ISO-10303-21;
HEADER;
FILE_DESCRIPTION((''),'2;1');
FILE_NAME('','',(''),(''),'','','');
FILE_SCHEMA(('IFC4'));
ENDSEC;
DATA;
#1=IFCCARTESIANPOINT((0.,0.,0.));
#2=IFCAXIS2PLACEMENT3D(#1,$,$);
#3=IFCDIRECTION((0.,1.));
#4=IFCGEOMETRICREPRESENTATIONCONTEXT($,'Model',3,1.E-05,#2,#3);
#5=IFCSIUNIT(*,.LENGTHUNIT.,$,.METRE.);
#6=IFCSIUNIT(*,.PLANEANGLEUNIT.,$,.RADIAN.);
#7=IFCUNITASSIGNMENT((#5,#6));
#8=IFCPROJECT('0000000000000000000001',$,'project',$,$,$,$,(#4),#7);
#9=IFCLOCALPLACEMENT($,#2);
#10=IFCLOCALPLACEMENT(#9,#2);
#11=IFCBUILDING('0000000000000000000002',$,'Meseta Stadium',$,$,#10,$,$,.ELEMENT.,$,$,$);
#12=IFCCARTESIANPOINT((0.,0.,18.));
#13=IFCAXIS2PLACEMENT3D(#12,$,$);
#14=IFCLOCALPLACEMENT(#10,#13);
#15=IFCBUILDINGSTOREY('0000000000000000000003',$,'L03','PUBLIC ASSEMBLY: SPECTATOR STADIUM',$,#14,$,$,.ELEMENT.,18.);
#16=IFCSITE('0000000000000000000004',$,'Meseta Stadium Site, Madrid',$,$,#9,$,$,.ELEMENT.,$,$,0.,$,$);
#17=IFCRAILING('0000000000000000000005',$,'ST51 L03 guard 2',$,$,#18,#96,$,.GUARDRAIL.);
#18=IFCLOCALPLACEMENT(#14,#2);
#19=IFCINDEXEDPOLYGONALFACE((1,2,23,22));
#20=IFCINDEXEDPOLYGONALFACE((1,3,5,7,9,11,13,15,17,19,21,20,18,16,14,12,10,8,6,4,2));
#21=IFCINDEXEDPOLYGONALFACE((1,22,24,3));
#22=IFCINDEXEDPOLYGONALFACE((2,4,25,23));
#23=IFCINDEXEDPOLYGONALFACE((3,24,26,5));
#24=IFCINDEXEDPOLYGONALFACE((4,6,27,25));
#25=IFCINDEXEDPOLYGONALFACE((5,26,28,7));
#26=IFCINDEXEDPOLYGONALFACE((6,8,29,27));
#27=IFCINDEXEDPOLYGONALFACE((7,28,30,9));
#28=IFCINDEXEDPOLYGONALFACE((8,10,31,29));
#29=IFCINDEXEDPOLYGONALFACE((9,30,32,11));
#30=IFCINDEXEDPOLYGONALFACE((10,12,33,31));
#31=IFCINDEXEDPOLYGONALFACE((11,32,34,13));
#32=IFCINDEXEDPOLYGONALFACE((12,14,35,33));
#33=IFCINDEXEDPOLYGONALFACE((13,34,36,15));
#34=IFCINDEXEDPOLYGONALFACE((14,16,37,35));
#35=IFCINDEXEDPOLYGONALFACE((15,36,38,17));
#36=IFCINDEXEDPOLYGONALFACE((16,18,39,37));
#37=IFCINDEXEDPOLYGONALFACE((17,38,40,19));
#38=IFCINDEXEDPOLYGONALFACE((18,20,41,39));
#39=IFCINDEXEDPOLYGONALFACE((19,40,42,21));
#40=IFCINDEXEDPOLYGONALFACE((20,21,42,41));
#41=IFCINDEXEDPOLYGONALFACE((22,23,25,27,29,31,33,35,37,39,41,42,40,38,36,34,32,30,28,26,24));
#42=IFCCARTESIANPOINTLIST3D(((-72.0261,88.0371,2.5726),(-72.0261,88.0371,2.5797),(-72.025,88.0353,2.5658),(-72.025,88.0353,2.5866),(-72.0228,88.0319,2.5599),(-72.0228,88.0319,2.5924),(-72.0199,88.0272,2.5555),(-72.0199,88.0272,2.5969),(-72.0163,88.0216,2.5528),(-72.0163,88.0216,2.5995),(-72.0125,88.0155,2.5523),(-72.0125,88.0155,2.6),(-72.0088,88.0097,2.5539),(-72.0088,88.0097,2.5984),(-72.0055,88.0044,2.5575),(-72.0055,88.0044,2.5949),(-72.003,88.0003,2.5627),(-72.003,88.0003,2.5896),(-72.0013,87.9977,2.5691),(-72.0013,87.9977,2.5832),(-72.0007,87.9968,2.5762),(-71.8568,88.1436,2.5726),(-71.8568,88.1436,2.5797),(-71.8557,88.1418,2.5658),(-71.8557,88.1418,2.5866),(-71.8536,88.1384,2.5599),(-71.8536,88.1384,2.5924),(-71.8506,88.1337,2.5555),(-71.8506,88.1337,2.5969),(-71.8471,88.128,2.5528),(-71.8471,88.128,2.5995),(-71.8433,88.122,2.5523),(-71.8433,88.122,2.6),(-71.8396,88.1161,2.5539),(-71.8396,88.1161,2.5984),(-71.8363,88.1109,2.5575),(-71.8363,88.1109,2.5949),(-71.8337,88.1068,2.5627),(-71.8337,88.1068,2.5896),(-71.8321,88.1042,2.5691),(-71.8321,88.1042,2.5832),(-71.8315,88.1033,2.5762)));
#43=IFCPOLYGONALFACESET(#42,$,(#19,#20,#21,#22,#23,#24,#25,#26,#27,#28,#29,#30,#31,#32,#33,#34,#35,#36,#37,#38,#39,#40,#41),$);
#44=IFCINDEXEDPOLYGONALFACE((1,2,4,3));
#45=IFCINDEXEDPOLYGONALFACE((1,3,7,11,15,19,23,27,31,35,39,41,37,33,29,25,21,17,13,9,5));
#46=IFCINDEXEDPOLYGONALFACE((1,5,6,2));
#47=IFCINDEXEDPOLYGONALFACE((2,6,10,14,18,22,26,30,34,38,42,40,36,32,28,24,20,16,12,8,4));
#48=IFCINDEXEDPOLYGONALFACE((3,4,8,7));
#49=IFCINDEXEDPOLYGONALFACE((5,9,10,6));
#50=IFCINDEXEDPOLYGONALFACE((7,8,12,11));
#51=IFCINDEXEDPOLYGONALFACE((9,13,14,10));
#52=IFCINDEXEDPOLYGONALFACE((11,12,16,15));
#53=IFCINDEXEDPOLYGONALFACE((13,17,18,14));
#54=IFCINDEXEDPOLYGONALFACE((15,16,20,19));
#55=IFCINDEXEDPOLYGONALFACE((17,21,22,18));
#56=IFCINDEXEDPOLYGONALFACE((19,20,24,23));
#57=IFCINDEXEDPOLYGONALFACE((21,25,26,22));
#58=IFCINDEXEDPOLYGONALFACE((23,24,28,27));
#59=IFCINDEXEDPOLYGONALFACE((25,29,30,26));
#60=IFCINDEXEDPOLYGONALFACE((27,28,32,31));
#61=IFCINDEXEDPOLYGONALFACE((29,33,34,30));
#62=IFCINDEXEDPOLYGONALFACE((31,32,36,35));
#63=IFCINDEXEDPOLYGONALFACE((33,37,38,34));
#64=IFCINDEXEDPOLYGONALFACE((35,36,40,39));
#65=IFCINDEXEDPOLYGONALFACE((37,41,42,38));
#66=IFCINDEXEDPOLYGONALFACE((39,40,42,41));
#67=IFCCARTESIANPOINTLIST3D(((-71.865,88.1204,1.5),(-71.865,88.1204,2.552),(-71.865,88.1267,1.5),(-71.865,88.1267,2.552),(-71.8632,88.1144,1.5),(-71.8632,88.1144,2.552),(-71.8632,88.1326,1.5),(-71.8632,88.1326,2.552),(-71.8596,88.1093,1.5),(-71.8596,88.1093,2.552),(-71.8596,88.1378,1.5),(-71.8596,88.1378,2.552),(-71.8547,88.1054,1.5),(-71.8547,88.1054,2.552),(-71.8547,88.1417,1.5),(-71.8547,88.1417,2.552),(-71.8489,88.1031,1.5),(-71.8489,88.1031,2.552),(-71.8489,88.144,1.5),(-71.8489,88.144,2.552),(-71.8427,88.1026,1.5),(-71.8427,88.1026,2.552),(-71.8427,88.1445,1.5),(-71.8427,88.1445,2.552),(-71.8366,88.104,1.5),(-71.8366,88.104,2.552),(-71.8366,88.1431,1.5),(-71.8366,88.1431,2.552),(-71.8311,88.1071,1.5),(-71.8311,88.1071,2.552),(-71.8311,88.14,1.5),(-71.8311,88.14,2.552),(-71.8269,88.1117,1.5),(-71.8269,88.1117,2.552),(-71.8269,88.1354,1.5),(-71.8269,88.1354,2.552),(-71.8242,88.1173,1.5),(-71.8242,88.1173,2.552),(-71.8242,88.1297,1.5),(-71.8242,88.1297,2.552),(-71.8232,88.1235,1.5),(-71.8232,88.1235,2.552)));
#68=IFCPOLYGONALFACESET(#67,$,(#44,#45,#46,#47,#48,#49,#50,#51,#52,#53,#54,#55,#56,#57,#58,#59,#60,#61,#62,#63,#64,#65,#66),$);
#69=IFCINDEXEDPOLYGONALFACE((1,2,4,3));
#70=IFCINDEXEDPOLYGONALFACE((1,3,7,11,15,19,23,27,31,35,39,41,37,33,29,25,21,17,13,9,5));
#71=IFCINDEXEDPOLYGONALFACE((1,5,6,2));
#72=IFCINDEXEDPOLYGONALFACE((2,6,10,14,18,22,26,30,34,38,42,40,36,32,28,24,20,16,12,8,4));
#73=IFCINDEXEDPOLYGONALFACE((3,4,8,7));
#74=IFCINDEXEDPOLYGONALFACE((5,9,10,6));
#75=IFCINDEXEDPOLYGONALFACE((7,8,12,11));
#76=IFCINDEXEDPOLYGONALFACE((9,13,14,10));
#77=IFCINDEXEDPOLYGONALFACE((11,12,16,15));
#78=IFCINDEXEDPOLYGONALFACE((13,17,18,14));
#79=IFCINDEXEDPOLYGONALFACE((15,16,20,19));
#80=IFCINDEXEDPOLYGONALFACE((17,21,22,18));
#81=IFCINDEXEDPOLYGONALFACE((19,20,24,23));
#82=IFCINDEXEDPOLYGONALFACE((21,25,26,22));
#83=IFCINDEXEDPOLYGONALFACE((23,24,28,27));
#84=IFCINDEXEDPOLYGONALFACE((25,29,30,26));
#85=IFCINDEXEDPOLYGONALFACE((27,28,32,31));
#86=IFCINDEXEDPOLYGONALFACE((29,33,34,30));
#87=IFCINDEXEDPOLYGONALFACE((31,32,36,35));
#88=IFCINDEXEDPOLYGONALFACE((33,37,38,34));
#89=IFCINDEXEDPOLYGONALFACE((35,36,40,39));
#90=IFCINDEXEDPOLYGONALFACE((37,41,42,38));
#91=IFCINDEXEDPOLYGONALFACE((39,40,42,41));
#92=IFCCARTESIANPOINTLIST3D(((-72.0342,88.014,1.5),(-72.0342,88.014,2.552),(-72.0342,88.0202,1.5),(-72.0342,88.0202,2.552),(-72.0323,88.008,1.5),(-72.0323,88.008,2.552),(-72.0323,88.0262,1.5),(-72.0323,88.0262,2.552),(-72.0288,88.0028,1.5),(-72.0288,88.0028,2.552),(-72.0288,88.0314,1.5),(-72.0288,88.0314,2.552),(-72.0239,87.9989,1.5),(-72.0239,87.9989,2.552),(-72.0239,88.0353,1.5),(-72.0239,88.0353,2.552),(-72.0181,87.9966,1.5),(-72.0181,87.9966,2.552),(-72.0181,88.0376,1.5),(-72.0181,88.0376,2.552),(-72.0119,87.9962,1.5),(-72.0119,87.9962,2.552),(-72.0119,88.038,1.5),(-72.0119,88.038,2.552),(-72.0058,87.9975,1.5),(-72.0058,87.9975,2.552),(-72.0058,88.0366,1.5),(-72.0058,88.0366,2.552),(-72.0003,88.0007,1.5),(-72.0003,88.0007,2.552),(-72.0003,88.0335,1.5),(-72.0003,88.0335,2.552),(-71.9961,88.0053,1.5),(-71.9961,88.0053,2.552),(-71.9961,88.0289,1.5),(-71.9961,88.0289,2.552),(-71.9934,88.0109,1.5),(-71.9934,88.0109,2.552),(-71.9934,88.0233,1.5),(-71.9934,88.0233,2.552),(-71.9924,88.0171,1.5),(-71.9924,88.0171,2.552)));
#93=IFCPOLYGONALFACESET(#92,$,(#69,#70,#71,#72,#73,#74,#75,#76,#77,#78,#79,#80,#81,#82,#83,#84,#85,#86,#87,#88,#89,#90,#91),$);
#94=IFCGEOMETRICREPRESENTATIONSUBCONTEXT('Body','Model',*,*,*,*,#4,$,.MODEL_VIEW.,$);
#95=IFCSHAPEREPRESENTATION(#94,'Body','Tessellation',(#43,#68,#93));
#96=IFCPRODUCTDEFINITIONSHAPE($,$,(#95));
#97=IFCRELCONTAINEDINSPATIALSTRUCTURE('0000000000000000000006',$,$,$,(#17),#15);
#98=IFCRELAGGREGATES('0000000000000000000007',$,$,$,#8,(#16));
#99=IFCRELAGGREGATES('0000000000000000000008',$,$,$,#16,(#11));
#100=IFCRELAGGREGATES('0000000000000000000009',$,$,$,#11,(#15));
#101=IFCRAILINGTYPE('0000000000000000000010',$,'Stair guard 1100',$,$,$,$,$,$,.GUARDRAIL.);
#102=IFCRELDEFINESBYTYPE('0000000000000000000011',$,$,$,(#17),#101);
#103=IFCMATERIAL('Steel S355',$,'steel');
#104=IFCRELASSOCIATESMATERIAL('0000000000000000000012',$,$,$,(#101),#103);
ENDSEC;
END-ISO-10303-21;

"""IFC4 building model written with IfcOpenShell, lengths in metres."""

from ifc_helpers import new_model, si_unit, direction, frame, origin, origin_2d, place, context, subcontext, project, spatial, circle, extrude, material, type_object, element, save


model = new_model("IFC4")

# Units and contexts
model_context = context("Model", 3, precision=1e-05, world=origin(), true_north=direction((0.0, 1.0)))
body_context = subcontext(model_context, "Body", "Model", "MODEL_VIEW")
ifc_project = project(units=[si_unit("LENGTHUNIT", "METRE"), si_unit("PLANEANGLEUNIT", "RADIAN")], contexts=[model_context])

# Site, building, storey
site_placement = place(None, origin())
site = spatial("IfcSite", under=ifc_project, at=site_placement, Name="Meseta Stadium Site, Madrid", CompositionType="ELEMENT", RefElevation=0.0)
building_placement = place(site_placement, origin())
building = spatial("IfcBuilding", under=site, at=building_placement, Name="Meseta Stadium", CompositionType="ELEMENT")
storey_placement = place(building_placement, frame((0.0, 0.0, 18.0)))
storey = spatial("IfcBuildingStorey", under=building, at=storey_placement, Name="L03", Description="PUBLIC ASSEMBLY: SPECTATOR STADIUM", CompositionType="ELEMENT", Elevation=18.0)

# Railing
ifc_material_1 = material(Name="Steel S355", Category="steel")
railing_type_1 = type_object("IfcRailingType", Name="Stair guard 1100", PredefinedType="GUARDRAIL", material=ifc_material_1)
railing_1_placement = place(storey_placement, frame((-71.8442, 88.1235, 1.5)))
element("IfcRailing", 1, at=railing_1_placement, inside=storey, type_object=railing_type_1, Name="ST51 L03 guard 2", PredefinedType="GUARDRAIL", context=body_context, shape_type="SweptSolid", body=[
    extrude(circle(Radius=0.0239, at=origin_2d()), frame((0.0, 0.0, 1.0762), z_axis=(-0.846416, -0.532522, 0.0), x_axis=(0.532522, -0.846416, 0.0)), (0.0, 0.0, 1.0), 0.2),
    extrude(circle(Radius=0.021, at=origin_2d()), origin(), (0.0, 0.0, 1.0), 1.052),
    extrude(circle(Radius=0.021, at=origin_2d()), frame((-0.1692, -0.1064, 0.0)), (0.0, 0.0, 1.0), 1.052),
])

save(model, "model.ifc")
